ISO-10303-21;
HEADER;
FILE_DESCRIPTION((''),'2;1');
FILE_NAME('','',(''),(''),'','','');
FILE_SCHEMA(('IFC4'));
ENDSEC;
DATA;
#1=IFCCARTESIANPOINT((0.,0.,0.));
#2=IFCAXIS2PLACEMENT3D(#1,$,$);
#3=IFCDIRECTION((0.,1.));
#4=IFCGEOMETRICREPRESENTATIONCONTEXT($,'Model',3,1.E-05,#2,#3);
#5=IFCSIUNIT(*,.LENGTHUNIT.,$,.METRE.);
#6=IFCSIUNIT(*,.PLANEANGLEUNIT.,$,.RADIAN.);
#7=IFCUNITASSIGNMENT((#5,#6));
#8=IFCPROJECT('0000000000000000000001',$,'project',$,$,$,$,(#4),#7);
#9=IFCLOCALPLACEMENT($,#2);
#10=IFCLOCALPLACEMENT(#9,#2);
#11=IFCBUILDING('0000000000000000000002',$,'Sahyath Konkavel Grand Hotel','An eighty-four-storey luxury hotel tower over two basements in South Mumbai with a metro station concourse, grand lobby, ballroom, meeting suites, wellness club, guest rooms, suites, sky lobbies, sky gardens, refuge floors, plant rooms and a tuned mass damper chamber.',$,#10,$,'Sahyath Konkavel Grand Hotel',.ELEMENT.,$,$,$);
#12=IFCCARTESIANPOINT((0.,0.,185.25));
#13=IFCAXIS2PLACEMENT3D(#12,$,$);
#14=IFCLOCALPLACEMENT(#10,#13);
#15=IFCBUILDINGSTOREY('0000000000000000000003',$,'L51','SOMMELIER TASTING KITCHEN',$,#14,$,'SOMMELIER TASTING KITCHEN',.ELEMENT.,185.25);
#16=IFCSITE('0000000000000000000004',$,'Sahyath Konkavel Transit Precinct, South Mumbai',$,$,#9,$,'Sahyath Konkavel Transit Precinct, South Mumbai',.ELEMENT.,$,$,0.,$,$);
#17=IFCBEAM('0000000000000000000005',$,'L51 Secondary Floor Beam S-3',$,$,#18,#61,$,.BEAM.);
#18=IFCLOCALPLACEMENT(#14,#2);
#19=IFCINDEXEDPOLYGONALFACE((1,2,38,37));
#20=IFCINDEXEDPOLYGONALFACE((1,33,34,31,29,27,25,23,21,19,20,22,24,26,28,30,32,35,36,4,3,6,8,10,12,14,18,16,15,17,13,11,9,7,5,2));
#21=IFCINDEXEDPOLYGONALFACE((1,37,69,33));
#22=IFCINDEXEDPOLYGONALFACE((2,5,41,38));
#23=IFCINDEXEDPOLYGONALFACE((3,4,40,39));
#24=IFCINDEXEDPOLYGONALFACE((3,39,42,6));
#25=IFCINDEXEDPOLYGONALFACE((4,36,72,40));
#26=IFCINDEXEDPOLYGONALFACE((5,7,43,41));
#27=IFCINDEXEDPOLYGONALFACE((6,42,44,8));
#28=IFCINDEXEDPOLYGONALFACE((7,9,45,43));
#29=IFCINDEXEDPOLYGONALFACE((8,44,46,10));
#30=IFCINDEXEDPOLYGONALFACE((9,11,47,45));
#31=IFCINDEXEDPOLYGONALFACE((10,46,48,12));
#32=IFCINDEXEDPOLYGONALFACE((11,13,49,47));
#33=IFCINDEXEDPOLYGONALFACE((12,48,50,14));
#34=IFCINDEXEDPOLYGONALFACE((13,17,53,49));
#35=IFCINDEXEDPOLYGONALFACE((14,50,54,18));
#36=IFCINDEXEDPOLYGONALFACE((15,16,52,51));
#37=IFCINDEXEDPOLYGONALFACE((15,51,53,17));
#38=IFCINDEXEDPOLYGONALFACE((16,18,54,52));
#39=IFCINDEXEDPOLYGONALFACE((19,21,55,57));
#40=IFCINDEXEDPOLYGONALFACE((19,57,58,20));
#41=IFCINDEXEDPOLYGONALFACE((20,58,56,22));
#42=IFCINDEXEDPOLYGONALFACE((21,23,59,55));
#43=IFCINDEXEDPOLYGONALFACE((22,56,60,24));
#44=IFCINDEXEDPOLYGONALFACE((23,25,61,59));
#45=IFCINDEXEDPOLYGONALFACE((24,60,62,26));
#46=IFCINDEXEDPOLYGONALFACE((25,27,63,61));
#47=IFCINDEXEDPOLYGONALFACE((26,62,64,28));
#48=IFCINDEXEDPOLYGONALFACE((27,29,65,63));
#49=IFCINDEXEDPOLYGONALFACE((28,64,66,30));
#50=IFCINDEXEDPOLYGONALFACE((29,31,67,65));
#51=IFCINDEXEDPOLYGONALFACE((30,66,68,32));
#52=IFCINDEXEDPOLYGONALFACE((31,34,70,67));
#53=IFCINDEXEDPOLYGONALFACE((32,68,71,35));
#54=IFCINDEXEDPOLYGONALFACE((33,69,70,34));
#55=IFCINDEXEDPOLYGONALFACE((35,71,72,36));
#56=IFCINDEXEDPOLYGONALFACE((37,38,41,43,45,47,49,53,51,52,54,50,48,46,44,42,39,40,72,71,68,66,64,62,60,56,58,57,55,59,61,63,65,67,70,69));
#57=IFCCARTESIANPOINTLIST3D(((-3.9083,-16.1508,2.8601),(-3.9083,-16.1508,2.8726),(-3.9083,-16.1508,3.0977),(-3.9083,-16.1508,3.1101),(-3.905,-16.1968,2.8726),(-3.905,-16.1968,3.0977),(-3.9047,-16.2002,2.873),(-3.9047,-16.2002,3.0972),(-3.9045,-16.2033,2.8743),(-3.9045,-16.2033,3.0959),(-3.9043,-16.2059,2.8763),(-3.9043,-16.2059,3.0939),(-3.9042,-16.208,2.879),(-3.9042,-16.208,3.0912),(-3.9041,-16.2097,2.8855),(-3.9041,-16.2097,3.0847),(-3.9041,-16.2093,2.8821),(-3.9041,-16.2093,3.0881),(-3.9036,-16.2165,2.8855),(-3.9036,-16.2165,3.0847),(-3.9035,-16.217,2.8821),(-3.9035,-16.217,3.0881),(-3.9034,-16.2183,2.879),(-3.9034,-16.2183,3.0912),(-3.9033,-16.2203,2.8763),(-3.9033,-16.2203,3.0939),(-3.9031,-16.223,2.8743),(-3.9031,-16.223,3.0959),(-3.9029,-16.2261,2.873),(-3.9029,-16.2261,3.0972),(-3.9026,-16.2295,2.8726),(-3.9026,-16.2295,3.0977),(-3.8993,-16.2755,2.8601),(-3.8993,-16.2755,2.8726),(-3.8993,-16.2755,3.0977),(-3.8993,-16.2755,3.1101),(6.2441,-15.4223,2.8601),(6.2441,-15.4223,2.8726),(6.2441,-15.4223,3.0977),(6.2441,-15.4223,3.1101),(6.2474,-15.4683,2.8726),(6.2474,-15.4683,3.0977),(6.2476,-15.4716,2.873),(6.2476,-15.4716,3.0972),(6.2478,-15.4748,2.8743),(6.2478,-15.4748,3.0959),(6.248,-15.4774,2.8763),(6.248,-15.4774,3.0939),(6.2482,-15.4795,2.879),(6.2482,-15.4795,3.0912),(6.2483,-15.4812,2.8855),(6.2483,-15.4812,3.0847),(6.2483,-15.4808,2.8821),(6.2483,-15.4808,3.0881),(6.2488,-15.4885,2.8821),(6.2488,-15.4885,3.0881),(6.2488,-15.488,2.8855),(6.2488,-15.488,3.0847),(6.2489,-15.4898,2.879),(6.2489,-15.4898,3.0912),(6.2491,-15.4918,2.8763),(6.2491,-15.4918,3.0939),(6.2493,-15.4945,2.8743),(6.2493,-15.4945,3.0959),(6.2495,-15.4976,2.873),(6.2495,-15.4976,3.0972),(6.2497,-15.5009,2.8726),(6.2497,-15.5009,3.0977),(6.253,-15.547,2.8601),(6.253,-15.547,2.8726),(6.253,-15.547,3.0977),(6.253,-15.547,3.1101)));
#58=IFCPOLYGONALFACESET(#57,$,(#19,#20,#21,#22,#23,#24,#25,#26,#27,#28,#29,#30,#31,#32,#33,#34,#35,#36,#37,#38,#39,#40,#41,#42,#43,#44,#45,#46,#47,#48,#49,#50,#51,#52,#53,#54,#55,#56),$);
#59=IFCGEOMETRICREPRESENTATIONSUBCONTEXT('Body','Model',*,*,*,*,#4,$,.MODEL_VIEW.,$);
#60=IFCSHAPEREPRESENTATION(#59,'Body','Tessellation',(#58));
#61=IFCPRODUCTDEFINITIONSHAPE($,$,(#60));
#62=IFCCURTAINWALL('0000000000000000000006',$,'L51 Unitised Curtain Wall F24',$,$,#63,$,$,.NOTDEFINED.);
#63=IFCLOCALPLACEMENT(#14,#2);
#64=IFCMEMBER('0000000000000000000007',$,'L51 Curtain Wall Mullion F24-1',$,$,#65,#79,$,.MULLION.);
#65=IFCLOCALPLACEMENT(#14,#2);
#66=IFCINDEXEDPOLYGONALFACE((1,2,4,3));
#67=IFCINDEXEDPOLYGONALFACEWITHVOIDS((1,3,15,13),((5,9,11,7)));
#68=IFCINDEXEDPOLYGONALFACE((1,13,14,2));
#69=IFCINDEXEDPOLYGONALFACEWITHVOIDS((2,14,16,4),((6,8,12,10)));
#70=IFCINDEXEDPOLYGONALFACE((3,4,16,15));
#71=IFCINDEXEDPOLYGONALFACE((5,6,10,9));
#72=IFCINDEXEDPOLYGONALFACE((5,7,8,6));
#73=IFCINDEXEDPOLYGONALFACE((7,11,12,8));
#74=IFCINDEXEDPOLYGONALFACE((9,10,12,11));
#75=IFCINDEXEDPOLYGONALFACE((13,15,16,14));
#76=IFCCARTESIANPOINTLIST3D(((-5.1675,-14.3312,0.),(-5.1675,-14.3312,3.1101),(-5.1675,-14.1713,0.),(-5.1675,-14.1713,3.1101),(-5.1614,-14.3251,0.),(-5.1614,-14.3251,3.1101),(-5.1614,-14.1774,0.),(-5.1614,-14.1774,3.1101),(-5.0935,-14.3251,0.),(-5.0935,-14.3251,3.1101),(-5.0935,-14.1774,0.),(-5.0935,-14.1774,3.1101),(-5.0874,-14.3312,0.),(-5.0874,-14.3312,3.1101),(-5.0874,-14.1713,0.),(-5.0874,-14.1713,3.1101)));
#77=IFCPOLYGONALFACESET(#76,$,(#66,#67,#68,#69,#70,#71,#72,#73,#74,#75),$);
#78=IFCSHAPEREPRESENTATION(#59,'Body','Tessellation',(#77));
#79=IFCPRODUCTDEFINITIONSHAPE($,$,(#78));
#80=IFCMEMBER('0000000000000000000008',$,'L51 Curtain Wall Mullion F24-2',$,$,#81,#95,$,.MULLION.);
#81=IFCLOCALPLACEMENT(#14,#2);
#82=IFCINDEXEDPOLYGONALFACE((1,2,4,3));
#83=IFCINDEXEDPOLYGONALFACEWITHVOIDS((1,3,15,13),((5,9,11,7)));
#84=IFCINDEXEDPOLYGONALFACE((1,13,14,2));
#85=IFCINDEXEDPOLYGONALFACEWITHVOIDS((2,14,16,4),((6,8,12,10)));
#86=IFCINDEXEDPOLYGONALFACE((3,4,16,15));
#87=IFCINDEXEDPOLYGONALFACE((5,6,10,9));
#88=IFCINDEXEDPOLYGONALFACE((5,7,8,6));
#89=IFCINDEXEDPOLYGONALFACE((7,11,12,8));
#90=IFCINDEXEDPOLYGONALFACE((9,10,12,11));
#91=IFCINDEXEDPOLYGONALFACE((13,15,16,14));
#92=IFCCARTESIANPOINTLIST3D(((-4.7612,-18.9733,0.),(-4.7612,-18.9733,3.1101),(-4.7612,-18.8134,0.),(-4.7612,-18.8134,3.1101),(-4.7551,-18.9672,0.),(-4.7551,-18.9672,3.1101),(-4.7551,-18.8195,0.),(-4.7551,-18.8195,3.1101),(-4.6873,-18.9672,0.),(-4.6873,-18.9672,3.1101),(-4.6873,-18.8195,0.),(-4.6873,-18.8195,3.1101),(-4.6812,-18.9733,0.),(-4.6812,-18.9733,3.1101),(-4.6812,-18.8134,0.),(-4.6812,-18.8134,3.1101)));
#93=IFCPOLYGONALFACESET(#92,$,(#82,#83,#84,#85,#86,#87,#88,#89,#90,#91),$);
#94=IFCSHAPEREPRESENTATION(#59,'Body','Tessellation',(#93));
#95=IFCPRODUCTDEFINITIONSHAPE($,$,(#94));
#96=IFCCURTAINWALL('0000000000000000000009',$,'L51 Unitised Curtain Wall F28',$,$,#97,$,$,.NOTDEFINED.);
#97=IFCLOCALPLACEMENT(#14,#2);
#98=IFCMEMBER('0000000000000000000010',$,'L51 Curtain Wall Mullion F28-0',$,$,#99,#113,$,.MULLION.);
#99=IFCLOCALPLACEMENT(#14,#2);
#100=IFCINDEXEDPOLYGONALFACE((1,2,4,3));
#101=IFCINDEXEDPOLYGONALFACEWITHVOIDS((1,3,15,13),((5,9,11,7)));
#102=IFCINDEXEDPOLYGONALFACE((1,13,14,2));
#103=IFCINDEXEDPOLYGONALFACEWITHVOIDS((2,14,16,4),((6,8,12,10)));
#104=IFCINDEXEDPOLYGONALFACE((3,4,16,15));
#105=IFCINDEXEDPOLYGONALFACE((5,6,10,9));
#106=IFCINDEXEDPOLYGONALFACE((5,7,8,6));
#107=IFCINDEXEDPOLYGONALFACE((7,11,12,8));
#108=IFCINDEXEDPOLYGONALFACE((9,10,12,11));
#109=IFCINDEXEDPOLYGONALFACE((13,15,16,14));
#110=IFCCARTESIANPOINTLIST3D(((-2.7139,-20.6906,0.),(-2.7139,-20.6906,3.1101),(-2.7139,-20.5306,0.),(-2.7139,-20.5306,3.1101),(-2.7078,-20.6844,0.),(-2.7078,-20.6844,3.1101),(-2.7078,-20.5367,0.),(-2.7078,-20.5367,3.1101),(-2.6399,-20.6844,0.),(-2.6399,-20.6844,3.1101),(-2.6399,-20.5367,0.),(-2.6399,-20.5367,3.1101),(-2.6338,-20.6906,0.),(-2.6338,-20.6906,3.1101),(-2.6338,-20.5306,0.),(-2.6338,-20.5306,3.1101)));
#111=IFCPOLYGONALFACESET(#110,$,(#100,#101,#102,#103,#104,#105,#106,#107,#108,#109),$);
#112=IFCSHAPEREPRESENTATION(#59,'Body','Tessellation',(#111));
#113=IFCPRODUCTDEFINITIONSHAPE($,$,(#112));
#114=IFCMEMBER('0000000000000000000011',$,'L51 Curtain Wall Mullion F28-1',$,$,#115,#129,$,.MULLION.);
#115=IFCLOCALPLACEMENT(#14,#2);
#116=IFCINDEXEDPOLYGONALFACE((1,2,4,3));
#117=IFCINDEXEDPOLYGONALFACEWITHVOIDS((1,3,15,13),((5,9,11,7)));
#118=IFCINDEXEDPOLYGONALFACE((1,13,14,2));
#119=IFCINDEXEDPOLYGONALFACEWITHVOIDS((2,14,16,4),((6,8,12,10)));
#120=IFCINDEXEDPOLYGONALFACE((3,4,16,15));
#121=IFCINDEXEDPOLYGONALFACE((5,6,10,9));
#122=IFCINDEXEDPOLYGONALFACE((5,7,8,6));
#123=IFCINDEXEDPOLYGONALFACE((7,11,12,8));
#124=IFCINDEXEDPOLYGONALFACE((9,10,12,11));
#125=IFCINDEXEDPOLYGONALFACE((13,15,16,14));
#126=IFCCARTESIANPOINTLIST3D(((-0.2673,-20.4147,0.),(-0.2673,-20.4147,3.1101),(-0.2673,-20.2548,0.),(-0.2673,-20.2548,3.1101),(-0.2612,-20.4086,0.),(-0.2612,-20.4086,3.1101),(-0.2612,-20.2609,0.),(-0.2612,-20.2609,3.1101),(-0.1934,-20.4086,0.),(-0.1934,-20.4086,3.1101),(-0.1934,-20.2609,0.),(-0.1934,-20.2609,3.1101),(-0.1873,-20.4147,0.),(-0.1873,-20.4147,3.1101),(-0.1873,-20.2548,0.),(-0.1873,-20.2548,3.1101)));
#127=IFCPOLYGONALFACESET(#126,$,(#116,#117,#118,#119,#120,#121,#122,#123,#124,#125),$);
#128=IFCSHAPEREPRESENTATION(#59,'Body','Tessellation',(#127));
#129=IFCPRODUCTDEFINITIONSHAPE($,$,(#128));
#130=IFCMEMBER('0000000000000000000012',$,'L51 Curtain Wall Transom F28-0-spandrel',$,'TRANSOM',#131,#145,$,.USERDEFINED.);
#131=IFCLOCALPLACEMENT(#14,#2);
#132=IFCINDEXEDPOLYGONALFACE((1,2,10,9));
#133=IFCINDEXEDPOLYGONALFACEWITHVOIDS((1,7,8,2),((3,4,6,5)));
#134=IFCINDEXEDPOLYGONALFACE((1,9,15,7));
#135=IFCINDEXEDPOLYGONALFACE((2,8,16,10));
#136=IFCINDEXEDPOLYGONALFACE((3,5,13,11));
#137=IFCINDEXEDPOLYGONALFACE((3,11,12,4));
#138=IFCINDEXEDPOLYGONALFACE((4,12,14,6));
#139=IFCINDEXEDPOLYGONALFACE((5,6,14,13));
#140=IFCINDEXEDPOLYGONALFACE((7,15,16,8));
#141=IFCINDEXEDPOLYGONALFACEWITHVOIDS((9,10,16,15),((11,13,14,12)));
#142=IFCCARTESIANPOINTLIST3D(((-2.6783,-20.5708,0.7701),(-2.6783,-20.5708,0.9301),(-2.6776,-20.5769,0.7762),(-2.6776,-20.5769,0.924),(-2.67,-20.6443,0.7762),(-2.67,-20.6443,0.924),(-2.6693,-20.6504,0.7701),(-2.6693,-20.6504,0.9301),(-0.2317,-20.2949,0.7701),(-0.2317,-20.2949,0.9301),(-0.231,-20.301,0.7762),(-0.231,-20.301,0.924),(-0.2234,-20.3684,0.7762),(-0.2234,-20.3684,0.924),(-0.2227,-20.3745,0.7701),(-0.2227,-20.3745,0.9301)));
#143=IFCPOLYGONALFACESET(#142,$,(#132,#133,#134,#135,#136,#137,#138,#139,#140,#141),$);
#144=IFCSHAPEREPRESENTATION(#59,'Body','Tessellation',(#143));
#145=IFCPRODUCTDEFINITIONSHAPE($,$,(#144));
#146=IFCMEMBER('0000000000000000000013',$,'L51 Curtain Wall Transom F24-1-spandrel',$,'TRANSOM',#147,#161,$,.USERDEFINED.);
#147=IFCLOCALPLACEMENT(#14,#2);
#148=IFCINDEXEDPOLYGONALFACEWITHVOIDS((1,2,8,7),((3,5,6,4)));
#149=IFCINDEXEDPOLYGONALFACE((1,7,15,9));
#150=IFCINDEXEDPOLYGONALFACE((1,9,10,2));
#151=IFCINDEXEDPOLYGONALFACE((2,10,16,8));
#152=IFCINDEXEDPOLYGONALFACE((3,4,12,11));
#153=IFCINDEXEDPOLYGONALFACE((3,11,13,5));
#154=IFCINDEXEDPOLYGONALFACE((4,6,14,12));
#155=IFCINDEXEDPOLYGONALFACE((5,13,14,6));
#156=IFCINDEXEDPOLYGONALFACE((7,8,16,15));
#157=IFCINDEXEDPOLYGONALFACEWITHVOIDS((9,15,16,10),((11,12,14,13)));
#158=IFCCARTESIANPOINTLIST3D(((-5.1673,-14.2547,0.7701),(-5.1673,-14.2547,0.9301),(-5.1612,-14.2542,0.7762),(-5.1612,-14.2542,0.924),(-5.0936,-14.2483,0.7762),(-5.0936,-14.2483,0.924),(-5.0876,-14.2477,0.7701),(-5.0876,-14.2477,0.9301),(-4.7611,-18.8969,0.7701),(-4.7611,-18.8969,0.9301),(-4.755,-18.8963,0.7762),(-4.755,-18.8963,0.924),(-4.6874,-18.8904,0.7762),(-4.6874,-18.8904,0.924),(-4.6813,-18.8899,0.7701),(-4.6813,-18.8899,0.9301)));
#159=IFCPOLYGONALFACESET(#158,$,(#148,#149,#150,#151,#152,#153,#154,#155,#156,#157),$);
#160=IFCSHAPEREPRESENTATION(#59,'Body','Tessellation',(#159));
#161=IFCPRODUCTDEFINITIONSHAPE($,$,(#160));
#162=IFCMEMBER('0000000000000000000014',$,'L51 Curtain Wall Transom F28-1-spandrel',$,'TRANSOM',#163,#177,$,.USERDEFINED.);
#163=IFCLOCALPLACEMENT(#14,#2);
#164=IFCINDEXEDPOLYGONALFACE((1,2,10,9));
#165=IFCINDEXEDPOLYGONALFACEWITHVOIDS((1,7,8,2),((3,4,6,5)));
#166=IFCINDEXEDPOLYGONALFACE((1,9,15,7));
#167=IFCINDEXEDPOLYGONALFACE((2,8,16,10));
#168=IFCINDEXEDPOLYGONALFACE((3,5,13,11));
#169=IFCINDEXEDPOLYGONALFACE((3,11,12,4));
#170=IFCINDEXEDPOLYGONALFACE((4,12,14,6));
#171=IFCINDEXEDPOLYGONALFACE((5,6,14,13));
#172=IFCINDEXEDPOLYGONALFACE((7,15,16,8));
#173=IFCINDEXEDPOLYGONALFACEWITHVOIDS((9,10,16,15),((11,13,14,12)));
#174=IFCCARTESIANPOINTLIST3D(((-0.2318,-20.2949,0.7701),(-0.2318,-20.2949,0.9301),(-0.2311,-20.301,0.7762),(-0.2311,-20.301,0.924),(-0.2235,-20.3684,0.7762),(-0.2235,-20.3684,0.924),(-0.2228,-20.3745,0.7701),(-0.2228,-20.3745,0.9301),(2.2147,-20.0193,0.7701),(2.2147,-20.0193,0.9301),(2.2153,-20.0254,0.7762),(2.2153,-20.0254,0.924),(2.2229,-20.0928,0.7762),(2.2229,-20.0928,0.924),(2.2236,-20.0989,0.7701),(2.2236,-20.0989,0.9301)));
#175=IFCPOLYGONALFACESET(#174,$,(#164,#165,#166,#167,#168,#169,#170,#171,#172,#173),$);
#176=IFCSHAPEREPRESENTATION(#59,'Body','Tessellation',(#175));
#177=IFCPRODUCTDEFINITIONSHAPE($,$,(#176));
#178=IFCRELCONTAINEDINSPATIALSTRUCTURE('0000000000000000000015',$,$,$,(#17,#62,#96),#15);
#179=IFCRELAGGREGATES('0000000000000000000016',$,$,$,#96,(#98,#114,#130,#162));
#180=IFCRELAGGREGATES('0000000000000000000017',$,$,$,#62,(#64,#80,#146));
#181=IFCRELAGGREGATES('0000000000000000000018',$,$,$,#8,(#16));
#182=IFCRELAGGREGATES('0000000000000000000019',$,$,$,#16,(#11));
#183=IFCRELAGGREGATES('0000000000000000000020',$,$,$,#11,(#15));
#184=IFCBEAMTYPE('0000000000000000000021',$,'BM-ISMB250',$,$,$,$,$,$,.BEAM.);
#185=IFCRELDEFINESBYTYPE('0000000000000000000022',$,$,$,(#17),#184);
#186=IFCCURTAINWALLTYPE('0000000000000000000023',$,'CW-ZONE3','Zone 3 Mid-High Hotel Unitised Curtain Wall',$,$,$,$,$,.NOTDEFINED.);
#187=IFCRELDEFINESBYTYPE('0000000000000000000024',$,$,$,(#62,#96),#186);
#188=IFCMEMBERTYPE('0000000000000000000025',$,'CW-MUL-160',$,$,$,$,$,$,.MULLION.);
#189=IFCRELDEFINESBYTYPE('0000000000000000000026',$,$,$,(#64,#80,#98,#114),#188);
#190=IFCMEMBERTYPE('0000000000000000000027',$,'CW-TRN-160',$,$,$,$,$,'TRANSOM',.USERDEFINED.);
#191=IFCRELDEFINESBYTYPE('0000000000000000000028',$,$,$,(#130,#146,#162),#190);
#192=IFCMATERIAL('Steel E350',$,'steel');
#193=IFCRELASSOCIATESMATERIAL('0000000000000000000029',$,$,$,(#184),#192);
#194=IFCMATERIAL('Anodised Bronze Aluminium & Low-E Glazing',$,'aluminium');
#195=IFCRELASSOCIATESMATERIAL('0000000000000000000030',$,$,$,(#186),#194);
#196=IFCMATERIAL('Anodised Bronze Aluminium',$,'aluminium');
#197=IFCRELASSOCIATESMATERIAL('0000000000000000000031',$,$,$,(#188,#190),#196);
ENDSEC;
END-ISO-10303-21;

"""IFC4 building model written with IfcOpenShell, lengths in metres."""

from ifc_helpers import new_model, si_unit, direction, frame, origin, origin_2d, place, context, subcontext, project, spatial, hollow_rectangle, i_section, extrude, source, transform, mapped, material, material_profile, profile_set, type_object, element, aggregate, save


model = new_model("IFC4")

# Units and contexts
model_context = context("Model", 3, precision=1e-05, world=origin(), true_north=direction((0.0, 1.0)))
body_context = subcontext(model_context, "Body", "Model", "MODEL_VIEW")
ifc_project = project(units=[si_unit("LENGTHUNIT", "METRE"), si_unit("PLANEANGLEUNIT", "RADIAN")], contexts=[model_context])

# Site, building, storey
site_placement = place(None, origin())
site = spatial("IfcSite", under=ifc_project, at=site_placement, Name="Sahyath Konkavel Transit Precinct, South Mumbai", LongName="Sahyath Konkavel Transit Precinct, South Mumbai", CompositionType="ELEMENT", RefElevation=0.0)
building_placement = place(site_placement, origin())
building = spatial("IfcBuilding", under=site, at=building_placement, Name="Sahyath Konkavel Grand Hotel", Description="An eighty-four-storey luxury hotel tower over two basements in South Mumbai with a metro station concourse, grand lobby, ballroom, meeting suites, wellness club, guest rooms, suites, sky lobbies, sky gardens, refuge floors, plant rooms and a tuned mass damper chamber.", LongName="Sahyath Konkavel Grand Hotel", CompositionType="ELEMENT")
storey_placement = place(building_placement, frame((0.0, 0.0, 185.25)))
storey = spatial("IfcBuildingStorey", under=building, at=storey_placement, Name="L51", Description="SOMMELIER TASTING KITCHEN", LongName="SOMMELIER TASTING KITCHEN", CompositionType="ELEMENT", Elevation=185.25)

# Beam
ifc_material_1 = material(Name="Steel E350", Category="steel")
ifc_material_profile_1 = material_profile(ifc_material_1, i_section(OverallWidth=0.125, OverallDepth=0.25, WebThickness=0.0068, FlangeThickness=0.0125, FilletRadius=0.0129, at=origin_2d()), Name="ISMB 250")
ifc_profile_set_1 = profile_set([ifc_material_profile_1], Name="Steel E350")
beam_type_1 = type_object("IfcBeamType", Name="BM-ISMB250", PredefinedType="BEAM", material=ifc_profile_set_1)
shared_shape_1 = source(origin(), body_context, "Body", "SweptSolid", [
    extrude(i_section(OverallWidth=0.125, OverallDepth=0.25, WebThickness=0.0068, FlangeThickness=0.0125, FilletRadius=0.0129, at=origin_2d()), origin(), (0.0, 0.0, 1.0), 10.1785),
])
beam_1_placement = place(storey_placement, frame((-3.9038, -16.2131, 2.9851), z_axis=(0.997435, 0.071574, 0.0), x_axis=(-0.071574, 0.997435, 0.0)))
element("IfcBeam", 1, at=beam_1_placement, inside=storey, type_object=beam_type_1, Name="L51 Secondary Floor Beam S-3", PredefinedType="BEAM", context=body_context, shape_type="MappedRepresentation", body=[
    mapped(shared_shape_1, transform((0.0, 0.0, 0.0), scale=1.0)),
])

# Curtain walls, members
ifc_material_2 = material(Name="Anodised Bronze Aluminium & Low-E Glazing", Category="aluminium")
curtain_wall_type = type_object("IfcCurtainWallType", Name="CW-ZONE3", Description="Zone 3 Mid-High Hotel Unitised Curtain Wall", PredefinedType="NOTDEFINED", material=ifc_material_2)
curtain_wall_1_placement = place(storey_placement, origin())
curtain_wall_1 = element("IfcCurtainWall", 2, at=curtain_wall_1_placement, inside=storey, type_object=curtain_wall_type, Name="L51 Unitised Curtain Wall F24", PredefinedType="NOTDEFINED")
ifc_material_3 = material(Name="Anodised Bronze Aluminium", Category="aluminium")
ifc_material_profile_2 = material_profile(ifc_material_3, hollow_rectangle(XDim=0.0801, YDim=0.1599, WallThickness=0.0061, at=origin_2d()), Name="RHS 160x80x6")
ifc_profile_set_2 = profile_set([ifc_material_profile_2], Name="Anodised Bronze Aluminium")
member_type_1 = type_object("IfcMemberType", Name="CW-MUL-160", PredefinedType="MULLION", material=ifc_profile_set_2)
shared_shape_2 = source(origin(), body_context, "Body", "SweptSolid", [
    extrude(hollow_rectangle(XDim=0.0801, YDim=0.1599, WallThickness=0.0061, at=origin_2d()), origin(), (0.0, 0.0, 1.0), 3.1101),
])
member_1_placement = place(storey_placement, frame((-5.1274, -14.2512, 0.0), z_axis=(0.0, 0.0, 1.0), x_axis=(1.0, 0.0, 0.0)))
member_1 = element("IfcMember", 3, at=member_1_placement, type_object=member_type_1, Name="L51 Curtain Wall Mullion F24-1", PredefinedType="MULLION", context=body_context, shape_type="MappedRepresentation", body=[
    mapped(shared_shape_2, transform((0.0, 0.0, 0.0), scale=1.0)),
])
member_2_placement = place(storey_placement, frame((-4.7212, -18.8933, 0.0), z_axis=(0.0, 0.0, 1.0), x_axis=(1.0, 0.0, 0.0)))
member_2 = element("IfcMember", 4, at=member_2_placement, type_object=member_type_1, Name="L51 Curtain Wall Mullion F24-2", PredefinedType="MULLION", context=body_context, shape_type="MappedRepresentation", body=[
    mapped(shared_shape_2, transform((0.0, 0.0, 0.0), scale=1.0)),
])
curtain_wall_2_placement = place(storey_placement, origin())
curtain_wall_2 = element("IfcCurtainWall", 5, at=curtain_wall_2_placement, inside=storey, type_object=curtain_wall_type, Name="L51 Unitised Curtain Wall F28", PredefinedType="NOTDEFINED")
member_3_placement = place(storey_placement, frame((-2.6738, -20.6106, 0.0), z_axis=(0.0, 0.0, 1.0), x_axis=(1.0, 0.0, 0.0)))
member_3 = element("IfcMember", 6, at=member_3_placement, type_object=member_type_1, Name="L51 Curtain Wall Mullion F28-0", PredefinedType="MULLION", context=body_context, shape_type="MappedRepresentation", body=[
    mapped(shared_shape_2, transform((0.0, 0.0, 0.0), scale=1.0)),
])
member_4_placement = place(storey_placement, frame((-0.2273, -20.3347, 0.0), z_axis=(0.0, 0.0, 1.0), x_axis=(1.0, 0.0, 0.0)))
member_4 = element("IfcMember", 7, at=member_4_placement, type_object=member_type_1, Name="L51 Curtain Wall Mullion F28-1", PredefinedType="MULLION", context=body_context, shape_type="MappedRepresentation", body=[
    mapped(shared_shape_2, transform((0.0, 0.0, 0.0), scale=1.0)),
])
ifc_material_profile_3 = material_profile(ifc_material_3, hollow_rectangle(XDim=0.0801, YDim=0.1599, WallThickness=0.0061, at=origin_2d()), Name="RHS 160x80x6")
ifc_profile_set_3 = profile_set([ifc_material_profile_3], Name="Anodised Bronze Aluminium")
member_type_2 = type_object("IfcMemberType", Name="CW-TRN-160", ElementType="TRANSOM", PredefinedType="USERDEFINED", material=ifc_profile_set_3)
shared_shape_3 = source(origin(), body_context, "Body", "SweptSolid", [
    extrude(hollow_rectangle(XDim=0.0801, YDim=0.1599, WallThickness=0.0061, at=origin_2d()), origin(), (0.0, 0.0, 1.0), 2.4622),
])
member_5_placement = place(storey_placement, frame((-2.6738, -20.6106, 0.8501), z_axis=(0.993702, 0.112053, 0.0), x_axis=(-0.112053, 0.993702, 0.0)))
member_5 = element("IfcMember", 8, at=member_5_placement, type_object=member_type_2, Name="L51 Curtain Wall Transom F28-0-spandrel", ObjectType="TRANSOM", PredefinedType="USERDEFINED", context=body_context, shape_type="MappedRepresentation", body=[
    mapped(shared_shape_3, transform((0.0, 0.0, 0.0), scale=1.0)),
])

# Members
shared_shape_4 = source(origin(), body_context, "Body", "SweptSolid", [
    extrude(hollow_rectangle(XDim=0.0801, YDim=0.1599, WallThickness=0.0061, at=origin_2d()), origin(), (0.0, 0.0, 1.0), 4.6599),
])
member_6_placement = place(storey_placement, frame((-5.1274, -14.2512, 0.8501), z_axis=(0.087181, -0.996192, 0.0), x_axis=(0.996192, 0.087181, 0.0)))
member_6 = element("IfcMember", 9, at=member_6_placement, type_object=member_type_2, Name="L51 Curtain Wall Transom F24-1-spandrel", ObjectType="TRANSOM", PredefinedType="USERDEFINED", context=body_context, shape_type="MappedRepresentation", body=[
    mapped(shared_shape_4, transform((0.0, 0.0, 0.0), scale=1.0)),
])
shared_shape_5 = source(origin(), body_context, "Body", "SweptSolid", [
    extrude(hollow_rectangle(XDim=0.0801, YDim=0.1599, WallThickness=0.0061, at=origin_2d()), origin(), (0.0, 0.0, 1.0), 2.4619),
])
member_7_placement = place(storey_placement, frame((-0.2273, -20.3347, 0.8501), z_axis=(0.993713, 0.111955, 0.0), x_axis=(-0.111955, 0.993713, 0.0)))
member_7 = element("IfcMember", 10, at=member_7_placement, type_object=member_type_2, Name="L51 Curtain Wall Transom F28-1-spandrel", ObjectType="TRANSOM", PredefinedType="USERDEFINED", context=body_context, shape_type="MappedRepresentation", body=[
    mapped(shared_shape_5, transform((0.0, 0.0, 0.0), scale=1.0)),
])

aggregate(curtain_wall_2, [member_3, member_4, member_5, member_7])
aggregate(curtain_wall_1, [member_1, member_2, member_6])

save(model, "model.ifc")
